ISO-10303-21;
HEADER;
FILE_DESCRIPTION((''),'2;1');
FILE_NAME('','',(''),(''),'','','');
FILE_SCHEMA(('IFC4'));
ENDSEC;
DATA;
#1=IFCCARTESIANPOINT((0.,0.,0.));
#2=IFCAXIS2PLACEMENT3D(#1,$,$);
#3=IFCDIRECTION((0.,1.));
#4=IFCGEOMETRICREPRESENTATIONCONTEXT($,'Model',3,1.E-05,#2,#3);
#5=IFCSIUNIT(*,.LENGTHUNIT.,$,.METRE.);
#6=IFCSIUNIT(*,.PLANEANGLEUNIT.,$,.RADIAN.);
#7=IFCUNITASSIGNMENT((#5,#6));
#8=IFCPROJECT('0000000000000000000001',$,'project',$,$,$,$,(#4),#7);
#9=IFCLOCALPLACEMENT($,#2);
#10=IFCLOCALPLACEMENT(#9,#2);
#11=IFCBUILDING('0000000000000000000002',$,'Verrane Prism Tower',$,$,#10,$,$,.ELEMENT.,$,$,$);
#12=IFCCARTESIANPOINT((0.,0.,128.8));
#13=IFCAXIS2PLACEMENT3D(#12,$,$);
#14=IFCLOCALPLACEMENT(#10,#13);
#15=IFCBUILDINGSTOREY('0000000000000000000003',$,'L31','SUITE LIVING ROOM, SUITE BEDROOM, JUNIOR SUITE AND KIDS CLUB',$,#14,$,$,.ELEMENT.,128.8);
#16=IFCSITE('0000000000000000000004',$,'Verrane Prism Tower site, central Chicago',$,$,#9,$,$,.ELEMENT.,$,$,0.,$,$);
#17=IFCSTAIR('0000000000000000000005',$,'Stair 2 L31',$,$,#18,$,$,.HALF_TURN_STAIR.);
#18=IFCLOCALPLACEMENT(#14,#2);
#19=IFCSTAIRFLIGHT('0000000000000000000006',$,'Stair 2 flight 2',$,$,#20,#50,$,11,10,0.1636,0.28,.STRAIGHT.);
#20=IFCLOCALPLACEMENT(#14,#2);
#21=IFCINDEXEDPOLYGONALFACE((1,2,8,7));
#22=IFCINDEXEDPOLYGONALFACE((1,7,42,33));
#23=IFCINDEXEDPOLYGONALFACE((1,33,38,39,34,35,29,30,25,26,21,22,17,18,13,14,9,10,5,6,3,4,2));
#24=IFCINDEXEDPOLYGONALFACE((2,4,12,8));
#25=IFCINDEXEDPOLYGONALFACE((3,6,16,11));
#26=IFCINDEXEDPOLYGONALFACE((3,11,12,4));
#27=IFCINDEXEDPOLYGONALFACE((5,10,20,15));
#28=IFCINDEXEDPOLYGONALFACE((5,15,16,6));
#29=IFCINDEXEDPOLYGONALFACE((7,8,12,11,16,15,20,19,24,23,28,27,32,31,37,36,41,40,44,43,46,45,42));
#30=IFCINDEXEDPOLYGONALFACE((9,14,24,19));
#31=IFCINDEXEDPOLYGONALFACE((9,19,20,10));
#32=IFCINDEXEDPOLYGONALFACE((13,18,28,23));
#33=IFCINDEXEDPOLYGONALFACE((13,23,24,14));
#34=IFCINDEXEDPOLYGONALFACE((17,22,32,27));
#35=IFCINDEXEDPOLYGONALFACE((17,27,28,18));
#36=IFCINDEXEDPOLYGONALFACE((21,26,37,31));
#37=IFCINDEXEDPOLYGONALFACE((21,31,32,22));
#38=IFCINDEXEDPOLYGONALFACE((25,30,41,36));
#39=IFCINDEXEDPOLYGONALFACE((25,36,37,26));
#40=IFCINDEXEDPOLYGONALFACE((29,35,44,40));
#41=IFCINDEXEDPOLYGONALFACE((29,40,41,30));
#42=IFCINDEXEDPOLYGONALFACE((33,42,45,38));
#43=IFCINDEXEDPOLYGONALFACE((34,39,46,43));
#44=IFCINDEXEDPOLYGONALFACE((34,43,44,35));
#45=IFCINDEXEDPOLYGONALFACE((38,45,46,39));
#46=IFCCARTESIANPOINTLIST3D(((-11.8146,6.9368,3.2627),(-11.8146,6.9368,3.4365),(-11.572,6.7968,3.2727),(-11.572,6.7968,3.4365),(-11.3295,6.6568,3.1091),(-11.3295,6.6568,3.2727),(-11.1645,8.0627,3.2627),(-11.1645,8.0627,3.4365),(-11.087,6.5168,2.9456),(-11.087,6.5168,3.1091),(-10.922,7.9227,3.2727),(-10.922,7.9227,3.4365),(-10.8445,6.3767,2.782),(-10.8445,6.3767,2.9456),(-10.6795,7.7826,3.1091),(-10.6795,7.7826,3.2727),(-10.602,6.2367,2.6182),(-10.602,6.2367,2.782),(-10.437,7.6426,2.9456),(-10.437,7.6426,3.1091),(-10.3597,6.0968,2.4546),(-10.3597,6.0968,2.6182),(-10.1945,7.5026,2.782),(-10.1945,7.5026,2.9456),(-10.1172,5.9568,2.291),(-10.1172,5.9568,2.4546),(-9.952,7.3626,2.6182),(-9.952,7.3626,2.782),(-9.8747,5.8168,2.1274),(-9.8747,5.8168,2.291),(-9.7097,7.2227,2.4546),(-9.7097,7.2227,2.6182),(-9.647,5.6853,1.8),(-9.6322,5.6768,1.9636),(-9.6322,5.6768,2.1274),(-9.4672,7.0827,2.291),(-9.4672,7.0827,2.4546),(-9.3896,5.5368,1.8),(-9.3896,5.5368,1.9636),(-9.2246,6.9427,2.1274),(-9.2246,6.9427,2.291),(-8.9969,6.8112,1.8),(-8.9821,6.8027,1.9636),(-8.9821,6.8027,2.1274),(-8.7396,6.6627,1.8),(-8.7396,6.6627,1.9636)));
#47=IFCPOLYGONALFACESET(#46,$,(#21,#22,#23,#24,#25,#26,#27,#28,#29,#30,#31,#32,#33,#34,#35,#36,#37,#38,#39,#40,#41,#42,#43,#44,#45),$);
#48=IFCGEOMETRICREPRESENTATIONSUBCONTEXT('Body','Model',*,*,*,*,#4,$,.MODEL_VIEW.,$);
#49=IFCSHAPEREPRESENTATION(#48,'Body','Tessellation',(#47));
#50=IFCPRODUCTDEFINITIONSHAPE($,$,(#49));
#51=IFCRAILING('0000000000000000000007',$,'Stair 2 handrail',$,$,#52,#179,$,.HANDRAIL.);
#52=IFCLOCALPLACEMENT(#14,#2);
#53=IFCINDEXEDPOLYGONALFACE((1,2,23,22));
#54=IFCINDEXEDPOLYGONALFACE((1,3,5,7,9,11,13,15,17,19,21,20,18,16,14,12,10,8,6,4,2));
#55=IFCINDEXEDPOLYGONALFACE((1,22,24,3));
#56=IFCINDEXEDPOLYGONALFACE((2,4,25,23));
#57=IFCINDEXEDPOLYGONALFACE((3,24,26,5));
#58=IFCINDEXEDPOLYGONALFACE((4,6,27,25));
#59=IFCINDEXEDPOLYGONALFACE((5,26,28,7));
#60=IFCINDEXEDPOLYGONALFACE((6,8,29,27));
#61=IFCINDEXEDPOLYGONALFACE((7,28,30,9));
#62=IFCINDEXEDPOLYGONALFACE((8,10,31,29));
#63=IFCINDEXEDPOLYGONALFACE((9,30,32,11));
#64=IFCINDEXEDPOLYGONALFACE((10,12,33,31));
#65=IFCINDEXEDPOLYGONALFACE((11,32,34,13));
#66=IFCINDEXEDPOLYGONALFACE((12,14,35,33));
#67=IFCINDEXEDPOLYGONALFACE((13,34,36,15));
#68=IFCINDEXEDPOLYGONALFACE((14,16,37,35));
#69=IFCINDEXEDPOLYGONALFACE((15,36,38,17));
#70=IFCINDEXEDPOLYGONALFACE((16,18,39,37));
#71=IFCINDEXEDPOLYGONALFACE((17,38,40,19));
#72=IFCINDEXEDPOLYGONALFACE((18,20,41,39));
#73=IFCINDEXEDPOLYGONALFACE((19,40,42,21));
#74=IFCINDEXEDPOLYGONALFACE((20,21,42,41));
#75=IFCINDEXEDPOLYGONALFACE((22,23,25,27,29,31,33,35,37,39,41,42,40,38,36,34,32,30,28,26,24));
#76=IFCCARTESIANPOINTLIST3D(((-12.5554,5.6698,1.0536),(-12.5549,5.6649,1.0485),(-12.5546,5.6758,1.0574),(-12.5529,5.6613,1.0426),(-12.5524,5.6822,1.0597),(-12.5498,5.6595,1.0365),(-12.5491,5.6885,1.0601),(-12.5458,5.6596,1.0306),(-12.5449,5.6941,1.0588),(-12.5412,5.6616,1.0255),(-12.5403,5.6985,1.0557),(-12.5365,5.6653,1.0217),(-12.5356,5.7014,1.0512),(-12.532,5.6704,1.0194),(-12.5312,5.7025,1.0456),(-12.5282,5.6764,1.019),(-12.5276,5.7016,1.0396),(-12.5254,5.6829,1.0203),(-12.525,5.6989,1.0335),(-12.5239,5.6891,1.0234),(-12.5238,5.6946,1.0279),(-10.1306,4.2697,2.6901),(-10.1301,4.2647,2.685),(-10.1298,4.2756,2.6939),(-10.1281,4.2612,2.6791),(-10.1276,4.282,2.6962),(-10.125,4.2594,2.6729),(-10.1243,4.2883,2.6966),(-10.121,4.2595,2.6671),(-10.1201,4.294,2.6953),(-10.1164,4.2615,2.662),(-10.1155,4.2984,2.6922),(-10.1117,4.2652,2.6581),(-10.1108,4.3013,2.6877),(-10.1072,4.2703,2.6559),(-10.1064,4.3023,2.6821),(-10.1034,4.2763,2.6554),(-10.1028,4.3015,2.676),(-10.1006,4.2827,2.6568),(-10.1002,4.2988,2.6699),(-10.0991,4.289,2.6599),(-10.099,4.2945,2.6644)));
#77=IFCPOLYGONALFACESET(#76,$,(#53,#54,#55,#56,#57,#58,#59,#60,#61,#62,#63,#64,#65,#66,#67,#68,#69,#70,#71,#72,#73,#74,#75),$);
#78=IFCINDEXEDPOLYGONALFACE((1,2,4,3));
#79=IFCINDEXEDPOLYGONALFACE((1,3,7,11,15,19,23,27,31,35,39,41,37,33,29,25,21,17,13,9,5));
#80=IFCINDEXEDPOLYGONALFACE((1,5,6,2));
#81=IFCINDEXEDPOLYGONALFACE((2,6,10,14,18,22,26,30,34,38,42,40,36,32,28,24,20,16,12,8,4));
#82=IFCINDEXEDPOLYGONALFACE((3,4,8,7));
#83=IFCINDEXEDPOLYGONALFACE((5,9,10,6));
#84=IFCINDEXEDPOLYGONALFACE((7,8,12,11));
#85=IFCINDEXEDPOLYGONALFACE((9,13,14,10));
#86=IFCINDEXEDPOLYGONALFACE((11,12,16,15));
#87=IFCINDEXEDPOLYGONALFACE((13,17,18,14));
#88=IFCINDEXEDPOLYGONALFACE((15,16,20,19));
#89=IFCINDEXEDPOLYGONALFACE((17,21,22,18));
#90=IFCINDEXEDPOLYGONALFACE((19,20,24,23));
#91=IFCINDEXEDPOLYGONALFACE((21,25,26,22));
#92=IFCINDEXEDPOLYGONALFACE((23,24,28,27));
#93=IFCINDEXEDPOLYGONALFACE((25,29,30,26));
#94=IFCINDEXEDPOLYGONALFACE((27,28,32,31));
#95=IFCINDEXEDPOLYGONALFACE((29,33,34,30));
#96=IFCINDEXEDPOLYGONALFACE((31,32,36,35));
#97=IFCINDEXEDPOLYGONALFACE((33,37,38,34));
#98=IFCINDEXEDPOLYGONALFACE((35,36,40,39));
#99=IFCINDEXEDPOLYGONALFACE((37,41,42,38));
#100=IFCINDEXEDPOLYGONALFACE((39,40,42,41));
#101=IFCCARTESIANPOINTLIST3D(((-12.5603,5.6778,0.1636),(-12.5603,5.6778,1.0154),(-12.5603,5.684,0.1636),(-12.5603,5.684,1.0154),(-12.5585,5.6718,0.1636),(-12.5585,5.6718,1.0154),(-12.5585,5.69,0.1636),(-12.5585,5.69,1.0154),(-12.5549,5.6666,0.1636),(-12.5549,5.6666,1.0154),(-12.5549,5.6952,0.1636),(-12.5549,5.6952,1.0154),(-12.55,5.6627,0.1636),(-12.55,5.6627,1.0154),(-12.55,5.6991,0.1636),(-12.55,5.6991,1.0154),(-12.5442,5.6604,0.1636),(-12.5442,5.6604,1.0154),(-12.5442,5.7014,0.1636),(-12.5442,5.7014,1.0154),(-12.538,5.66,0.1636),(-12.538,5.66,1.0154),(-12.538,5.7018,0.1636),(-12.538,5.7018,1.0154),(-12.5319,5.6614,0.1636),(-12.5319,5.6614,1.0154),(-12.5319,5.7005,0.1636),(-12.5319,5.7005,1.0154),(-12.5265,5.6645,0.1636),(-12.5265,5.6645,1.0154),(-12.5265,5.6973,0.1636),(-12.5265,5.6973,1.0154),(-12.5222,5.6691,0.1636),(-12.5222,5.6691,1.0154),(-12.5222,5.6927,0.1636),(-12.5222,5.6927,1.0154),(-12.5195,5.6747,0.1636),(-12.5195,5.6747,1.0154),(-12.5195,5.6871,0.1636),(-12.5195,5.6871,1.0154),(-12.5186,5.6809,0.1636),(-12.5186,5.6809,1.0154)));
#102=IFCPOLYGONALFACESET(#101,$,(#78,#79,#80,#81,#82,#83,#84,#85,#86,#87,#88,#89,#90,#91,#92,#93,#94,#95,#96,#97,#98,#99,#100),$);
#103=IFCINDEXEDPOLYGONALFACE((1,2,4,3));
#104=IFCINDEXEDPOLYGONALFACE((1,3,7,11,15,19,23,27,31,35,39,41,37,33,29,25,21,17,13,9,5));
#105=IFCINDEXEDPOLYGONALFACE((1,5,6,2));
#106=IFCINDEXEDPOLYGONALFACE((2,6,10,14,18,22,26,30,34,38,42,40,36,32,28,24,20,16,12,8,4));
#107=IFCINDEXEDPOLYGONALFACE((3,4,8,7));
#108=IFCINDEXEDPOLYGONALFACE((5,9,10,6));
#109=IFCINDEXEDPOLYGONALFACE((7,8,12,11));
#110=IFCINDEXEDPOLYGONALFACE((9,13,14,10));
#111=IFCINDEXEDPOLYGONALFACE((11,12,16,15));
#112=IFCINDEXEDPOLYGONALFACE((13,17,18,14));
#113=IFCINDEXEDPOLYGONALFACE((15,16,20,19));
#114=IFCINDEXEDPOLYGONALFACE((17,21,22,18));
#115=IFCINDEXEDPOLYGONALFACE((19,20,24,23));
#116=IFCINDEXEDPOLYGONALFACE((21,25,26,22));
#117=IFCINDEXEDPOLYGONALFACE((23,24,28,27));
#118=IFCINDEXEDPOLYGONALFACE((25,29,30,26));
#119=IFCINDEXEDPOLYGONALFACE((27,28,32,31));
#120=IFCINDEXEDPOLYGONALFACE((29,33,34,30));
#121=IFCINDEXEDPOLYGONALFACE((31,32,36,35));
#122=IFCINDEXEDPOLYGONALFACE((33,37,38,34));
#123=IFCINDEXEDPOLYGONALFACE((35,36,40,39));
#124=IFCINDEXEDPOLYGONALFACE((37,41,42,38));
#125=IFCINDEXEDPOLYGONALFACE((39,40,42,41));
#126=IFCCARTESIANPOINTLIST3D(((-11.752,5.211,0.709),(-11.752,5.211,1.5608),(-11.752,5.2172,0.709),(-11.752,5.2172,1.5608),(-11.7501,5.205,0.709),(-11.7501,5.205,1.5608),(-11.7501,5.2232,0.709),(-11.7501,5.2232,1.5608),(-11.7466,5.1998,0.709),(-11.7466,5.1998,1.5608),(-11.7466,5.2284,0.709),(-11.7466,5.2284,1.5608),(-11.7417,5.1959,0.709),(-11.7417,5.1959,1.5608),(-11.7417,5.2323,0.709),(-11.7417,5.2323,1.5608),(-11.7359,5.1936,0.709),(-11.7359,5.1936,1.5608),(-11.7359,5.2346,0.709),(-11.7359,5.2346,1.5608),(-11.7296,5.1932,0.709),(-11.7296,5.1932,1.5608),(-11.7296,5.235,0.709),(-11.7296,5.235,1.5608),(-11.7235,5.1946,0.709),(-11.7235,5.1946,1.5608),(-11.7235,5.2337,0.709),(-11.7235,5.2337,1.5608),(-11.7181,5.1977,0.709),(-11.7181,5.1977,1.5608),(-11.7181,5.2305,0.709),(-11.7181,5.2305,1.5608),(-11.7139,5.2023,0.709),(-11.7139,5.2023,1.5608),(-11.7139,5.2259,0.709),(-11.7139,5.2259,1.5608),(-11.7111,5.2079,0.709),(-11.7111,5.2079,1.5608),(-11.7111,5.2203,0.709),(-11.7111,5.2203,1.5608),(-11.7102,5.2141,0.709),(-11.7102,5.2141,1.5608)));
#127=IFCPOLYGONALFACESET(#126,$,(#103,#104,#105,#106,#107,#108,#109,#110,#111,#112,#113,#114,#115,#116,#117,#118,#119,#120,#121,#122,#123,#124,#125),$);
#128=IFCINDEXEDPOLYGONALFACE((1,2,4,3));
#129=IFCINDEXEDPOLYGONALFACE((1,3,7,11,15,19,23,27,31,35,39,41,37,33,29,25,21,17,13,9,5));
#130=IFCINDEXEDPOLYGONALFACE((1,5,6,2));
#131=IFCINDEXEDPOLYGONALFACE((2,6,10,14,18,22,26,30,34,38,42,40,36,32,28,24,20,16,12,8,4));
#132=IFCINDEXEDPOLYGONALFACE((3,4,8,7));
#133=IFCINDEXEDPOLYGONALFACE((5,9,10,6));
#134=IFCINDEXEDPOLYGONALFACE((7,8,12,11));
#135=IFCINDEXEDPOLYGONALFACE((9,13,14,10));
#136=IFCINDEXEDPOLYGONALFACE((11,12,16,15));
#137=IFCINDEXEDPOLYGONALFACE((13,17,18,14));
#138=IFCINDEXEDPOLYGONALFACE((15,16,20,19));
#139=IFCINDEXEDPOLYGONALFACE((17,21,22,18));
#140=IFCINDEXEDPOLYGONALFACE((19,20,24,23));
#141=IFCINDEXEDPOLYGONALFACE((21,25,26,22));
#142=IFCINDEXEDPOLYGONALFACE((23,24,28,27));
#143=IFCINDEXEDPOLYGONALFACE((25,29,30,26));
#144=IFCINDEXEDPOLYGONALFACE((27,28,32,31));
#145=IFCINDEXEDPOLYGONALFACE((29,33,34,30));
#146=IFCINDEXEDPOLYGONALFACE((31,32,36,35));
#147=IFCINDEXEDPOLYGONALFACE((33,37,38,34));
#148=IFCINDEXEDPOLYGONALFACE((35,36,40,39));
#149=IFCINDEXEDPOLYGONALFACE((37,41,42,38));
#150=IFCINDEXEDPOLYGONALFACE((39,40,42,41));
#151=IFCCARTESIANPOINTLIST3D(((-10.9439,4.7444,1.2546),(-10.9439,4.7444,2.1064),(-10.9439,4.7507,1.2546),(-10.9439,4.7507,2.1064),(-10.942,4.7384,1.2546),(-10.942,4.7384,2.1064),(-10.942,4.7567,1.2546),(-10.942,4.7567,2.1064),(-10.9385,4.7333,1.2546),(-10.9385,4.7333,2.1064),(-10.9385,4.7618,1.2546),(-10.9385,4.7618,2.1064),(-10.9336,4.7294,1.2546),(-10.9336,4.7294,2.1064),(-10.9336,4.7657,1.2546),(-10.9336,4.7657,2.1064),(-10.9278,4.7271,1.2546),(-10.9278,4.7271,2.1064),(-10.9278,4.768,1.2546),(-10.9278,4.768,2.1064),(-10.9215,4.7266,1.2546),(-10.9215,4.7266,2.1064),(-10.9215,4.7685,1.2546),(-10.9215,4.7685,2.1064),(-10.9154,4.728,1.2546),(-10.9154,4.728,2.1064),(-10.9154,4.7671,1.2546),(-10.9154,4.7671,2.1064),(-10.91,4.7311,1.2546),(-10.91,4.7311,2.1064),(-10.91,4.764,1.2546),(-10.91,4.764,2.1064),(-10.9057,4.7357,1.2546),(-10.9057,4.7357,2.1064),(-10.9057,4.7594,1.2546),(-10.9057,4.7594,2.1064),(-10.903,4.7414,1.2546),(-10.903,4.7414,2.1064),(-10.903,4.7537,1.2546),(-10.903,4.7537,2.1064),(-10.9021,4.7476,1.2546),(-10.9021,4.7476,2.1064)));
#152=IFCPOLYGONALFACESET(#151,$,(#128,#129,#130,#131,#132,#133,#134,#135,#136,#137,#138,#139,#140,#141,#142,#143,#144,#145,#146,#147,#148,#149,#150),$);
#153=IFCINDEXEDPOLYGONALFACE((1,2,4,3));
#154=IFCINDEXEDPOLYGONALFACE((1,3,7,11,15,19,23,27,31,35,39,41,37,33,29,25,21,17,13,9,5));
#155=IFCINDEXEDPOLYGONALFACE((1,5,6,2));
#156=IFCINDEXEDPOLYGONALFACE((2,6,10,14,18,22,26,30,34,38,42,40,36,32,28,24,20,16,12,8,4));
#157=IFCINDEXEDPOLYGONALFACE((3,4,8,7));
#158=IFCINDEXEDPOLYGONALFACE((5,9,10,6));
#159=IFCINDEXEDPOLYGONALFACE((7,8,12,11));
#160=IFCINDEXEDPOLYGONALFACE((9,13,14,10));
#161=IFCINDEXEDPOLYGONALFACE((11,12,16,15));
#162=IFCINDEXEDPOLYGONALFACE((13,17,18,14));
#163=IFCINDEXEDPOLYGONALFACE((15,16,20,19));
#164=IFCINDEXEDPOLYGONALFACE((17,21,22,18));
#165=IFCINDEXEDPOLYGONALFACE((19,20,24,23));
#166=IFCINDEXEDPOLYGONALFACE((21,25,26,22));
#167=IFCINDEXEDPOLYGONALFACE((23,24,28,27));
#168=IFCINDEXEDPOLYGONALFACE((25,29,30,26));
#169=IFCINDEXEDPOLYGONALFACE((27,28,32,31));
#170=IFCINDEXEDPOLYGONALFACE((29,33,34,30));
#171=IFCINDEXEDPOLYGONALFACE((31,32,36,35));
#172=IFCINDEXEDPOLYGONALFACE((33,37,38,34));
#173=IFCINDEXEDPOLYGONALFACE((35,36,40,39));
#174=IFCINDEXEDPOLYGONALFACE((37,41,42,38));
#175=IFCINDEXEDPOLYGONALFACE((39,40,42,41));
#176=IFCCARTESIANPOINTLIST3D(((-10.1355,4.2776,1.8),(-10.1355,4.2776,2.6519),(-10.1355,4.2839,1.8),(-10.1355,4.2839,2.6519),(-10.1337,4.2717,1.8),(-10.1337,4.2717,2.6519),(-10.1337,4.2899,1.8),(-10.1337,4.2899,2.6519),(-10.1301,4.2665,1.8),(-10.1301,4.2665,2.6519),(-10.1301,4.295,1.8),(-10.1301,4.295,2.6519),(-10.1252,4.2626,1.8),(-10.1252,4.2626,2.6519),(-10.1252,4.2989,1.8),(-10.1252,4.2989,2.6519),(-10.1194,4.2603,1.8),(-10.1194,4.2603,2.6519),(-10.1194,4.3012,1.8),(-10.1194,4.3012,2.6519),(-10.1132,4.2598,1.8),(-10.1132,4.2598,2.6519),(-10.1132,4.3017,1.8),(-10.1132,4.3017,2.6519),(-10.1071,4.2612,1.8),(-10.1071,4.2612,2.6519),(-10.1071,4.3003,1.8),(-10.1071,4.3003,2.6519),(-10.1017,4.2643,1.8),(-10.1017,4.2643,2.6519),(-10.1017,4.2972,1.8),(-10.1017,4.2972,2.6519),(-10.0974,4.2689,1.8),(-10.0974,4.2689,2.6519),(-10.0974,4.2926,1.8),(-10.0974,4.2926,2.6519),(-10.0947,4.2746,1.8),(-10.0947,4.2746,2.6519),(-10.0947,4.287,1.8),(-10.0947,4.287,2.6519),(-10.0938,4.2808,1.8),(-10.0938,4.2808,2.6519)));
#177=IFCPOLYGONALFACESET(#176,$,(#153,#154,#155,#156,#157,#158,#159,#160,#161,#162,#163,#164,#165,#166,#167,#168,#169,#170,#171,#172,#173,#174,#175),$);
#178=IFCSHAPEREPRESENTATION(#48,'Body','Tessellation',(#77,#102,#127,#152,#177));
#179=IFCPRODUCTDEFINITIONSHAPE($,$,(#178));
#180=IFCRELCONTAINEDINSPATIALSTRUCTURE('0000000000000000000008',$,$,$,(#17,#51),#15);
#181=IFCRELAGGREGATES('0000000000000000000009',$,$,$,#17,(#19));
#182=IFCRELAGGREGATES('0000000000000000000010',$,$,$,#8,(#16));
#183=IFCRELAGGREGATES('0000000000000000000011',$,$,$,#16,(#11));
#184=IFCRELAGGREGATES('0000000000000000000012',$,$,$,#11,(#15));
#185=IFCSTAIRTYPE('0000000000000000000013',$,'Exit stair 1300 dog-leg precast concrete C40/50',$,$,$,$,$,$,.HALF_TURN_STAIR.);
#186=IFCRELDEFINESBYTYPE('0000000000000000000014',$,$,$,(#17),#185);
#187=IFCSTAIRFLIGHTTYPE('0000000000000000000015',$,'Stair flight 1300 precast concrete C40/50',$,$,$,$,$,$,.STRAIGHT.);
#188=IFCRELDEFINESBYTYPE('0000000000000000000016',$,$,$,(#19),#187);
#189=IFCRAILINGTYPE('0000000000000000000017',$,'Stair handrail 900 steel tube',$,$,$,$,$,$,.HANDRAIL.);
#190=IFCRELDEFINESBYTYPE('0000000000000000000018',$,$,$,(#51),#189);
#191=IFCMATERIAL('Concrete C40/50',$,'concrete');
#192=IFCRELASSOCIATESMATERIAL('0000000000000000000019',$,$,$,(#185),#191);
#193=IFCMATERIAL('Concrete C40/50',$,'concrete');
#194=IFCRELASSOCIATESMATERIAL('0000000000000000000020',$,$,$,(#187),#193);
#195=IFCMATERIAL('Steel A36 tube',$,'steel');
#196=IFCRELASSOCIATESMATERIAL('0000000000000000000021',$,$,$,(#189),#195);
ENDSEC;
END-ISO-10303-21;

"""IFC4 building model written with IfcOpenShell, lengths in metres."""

from ifc_helpers import new_model, si_unit, direction, frame, origin, origin_2d, place, context, subcontext, project, spatial, polyline, circle, outline, extrude, material, type_object, element, aggregate, save


model = new_model("IFC4")

# Units and contexts
model_context = context("Model", 3, precision=1e-05, world=origin(), true_north=direction((0.0, 1.0)))
body_context = subcontext(model_context, "Body", "Model", "MODEL_VIEW")
ifc_project = project(units=[si_unit("LENGTHUNIT", "METRE"), si_unit("PLANEANGLEUNIT", "RADIAN")], contexts=[model_context])

# Site, building, storey
site_placement = place(None, origin())
site = spatial("IfcSite", under=ifc_project, at=site_placement, Name="Verrane Prism Tower site, central Chicago", CompositionType="ELEMENT", RefElevation=0.0)
building_placement = place(site_placement, origin())
building = spatial("IfcBuilding", under=site, at=building_placement, Name="Verrane Prism Tower", CompositionType="ELEMENT")
storey_placement = place(building_placement, frame((0.0, 0.0, 128.8)))
storey = spatial("IfcBuildingStorey", under=building, at=storey_placement, Name="L31", Description="SUITE LIVING ROOM, SUITE BEDROOM, JUNIOR SUITE AND KIDS CLUB", CompositionType="ELEMENT", Elevation=128.8)

# Stair, stair flight
ifc_material_1 = material(Name="Concrete C40/50", Category="concrete")
stair_type = type_object("IfcStairType", Name="Exit stair 1300 dog-leg precast concrete C40/50", PredefinedType="HALF_TURN_STAIR", material=ifc_material_1)
stair_placement = place(storey_placement, origin())
stair = element("IfcStair", 1, at=stair_placement, inside=storey, type_object=stair_type, Name="Stair 2 L31", PredefinedType="HALF_TURN_STAIR")
ifc_material_2 = material(Name="Concrete C40/50", Category="concrete")
stair_flight_type = type_object("IfcStairFlightType", Name="Stair flight 1300 precast concrete C40/50", PredefinedType="STRAIGHT", material=ifc_material_2)
stair_flight_1_placement = place(storey_placement, frame((-9.0647, 6.0996, 1.8), z_axis=(0.0, 0.0, 1.0), x_axis=(-0.866025, 0.5, 0.0)))
stair_flight_1 = element("IfcStairFlight", 2, at=stair_flight_1_placement, type_object=stair_flight_type, Name="Stair 2 flight 2", NumberOfRisers=11, NumberOfTreads=10, PredefinedType="STRAIGHT", RiserHeight=0.1636, TreadLength=0.28, context=body_context, shape_type="SweptSolid", body=[
    extrude(outline(polyline([(0.0, 0.0), (0.0, 0.1636), (0.28, 0.1636), (0.28, 0.3274), (0.5601, 0.3274), (0.5601, 0.491), (0.8401, 0.491), (0.8401, 0.6545), (1.1201, 0.6545), (1.1201, 0.8181), (1.3999, 0.8181), (1.3999, 0.9819), (1.6799, 0.9819), (1.6799, 1.1455), (1.96, 1.1455), (1.96, 1.3091), (2.24, 1.3091), (2.24, 1.4727), (2.52, 1.4727), (2.52, 1.6365), (2.8, 1.6365), (2.8, 1.8), (2.8, 1.4626), (0.2971, 0.0), (0.0, 0.0)])), frame((0.0, 0.6499, 0.0), z_axis=(0.0, -1.0, 0.0), x_axis=(1.0, 0.0, 0.0)), (0.0, 0.0, 1.0), 1.3),
])
aggregate(stair, [stair_flight_1])

# Railing
ifc_material_3 = material(Name="Steel A36 tube", Category="steel")
railing_type_1 = type_object("IfcRailingType", Name="Stair handrail 900 steel tube", PredefinedType="HANDRAIL", material=ifc_material_3)
railing_1_placement = place(storey_placement, frame((-12.5396, 5.6809, 0.1636)))
element("IfcRailing", 3, at=railing_1_placement, inside=storey, type_object=railing_type_1, Name="Stair 2 handrail", PredefinedType="HANDRAIL", context=body_context, shape_type="SweptSolid", body=[
    extrude(circle(Radius=0.0239, at=origin_2d()), frame((0.0, 0.0, 0.876), z_axis=(0.747666, -0.431722, 0.504591), x_axis=(0.50005, 0.865997, 0.0)), (0.0, 0.0, 1.0), 3.2432),
    extrude(circle(Radius=0.021, at=origin_2d()), origin(), (0.0, 0.0, 1.0), 0.8518),
    extrude(circle(Radius=0.021, at=origin_2d()), frame((0.8083, -0.4668, 0.5454)), (0.0, 0.0, 1.0), 0.8518),
    extrude(circle(Radius=0.021, at=origin_2d()), frame((1.6165, -0.9333, 1.0911)), (0.0, 0.0, 1.0), 0.8518),
    extrude(circle(Radius=0.021, at=origin_2d()), frame((2.4248, -1.4001, 1.6365)), (0.0, 0.0, 1.0), 0.8518),
])

save(model, "model.ifc")
